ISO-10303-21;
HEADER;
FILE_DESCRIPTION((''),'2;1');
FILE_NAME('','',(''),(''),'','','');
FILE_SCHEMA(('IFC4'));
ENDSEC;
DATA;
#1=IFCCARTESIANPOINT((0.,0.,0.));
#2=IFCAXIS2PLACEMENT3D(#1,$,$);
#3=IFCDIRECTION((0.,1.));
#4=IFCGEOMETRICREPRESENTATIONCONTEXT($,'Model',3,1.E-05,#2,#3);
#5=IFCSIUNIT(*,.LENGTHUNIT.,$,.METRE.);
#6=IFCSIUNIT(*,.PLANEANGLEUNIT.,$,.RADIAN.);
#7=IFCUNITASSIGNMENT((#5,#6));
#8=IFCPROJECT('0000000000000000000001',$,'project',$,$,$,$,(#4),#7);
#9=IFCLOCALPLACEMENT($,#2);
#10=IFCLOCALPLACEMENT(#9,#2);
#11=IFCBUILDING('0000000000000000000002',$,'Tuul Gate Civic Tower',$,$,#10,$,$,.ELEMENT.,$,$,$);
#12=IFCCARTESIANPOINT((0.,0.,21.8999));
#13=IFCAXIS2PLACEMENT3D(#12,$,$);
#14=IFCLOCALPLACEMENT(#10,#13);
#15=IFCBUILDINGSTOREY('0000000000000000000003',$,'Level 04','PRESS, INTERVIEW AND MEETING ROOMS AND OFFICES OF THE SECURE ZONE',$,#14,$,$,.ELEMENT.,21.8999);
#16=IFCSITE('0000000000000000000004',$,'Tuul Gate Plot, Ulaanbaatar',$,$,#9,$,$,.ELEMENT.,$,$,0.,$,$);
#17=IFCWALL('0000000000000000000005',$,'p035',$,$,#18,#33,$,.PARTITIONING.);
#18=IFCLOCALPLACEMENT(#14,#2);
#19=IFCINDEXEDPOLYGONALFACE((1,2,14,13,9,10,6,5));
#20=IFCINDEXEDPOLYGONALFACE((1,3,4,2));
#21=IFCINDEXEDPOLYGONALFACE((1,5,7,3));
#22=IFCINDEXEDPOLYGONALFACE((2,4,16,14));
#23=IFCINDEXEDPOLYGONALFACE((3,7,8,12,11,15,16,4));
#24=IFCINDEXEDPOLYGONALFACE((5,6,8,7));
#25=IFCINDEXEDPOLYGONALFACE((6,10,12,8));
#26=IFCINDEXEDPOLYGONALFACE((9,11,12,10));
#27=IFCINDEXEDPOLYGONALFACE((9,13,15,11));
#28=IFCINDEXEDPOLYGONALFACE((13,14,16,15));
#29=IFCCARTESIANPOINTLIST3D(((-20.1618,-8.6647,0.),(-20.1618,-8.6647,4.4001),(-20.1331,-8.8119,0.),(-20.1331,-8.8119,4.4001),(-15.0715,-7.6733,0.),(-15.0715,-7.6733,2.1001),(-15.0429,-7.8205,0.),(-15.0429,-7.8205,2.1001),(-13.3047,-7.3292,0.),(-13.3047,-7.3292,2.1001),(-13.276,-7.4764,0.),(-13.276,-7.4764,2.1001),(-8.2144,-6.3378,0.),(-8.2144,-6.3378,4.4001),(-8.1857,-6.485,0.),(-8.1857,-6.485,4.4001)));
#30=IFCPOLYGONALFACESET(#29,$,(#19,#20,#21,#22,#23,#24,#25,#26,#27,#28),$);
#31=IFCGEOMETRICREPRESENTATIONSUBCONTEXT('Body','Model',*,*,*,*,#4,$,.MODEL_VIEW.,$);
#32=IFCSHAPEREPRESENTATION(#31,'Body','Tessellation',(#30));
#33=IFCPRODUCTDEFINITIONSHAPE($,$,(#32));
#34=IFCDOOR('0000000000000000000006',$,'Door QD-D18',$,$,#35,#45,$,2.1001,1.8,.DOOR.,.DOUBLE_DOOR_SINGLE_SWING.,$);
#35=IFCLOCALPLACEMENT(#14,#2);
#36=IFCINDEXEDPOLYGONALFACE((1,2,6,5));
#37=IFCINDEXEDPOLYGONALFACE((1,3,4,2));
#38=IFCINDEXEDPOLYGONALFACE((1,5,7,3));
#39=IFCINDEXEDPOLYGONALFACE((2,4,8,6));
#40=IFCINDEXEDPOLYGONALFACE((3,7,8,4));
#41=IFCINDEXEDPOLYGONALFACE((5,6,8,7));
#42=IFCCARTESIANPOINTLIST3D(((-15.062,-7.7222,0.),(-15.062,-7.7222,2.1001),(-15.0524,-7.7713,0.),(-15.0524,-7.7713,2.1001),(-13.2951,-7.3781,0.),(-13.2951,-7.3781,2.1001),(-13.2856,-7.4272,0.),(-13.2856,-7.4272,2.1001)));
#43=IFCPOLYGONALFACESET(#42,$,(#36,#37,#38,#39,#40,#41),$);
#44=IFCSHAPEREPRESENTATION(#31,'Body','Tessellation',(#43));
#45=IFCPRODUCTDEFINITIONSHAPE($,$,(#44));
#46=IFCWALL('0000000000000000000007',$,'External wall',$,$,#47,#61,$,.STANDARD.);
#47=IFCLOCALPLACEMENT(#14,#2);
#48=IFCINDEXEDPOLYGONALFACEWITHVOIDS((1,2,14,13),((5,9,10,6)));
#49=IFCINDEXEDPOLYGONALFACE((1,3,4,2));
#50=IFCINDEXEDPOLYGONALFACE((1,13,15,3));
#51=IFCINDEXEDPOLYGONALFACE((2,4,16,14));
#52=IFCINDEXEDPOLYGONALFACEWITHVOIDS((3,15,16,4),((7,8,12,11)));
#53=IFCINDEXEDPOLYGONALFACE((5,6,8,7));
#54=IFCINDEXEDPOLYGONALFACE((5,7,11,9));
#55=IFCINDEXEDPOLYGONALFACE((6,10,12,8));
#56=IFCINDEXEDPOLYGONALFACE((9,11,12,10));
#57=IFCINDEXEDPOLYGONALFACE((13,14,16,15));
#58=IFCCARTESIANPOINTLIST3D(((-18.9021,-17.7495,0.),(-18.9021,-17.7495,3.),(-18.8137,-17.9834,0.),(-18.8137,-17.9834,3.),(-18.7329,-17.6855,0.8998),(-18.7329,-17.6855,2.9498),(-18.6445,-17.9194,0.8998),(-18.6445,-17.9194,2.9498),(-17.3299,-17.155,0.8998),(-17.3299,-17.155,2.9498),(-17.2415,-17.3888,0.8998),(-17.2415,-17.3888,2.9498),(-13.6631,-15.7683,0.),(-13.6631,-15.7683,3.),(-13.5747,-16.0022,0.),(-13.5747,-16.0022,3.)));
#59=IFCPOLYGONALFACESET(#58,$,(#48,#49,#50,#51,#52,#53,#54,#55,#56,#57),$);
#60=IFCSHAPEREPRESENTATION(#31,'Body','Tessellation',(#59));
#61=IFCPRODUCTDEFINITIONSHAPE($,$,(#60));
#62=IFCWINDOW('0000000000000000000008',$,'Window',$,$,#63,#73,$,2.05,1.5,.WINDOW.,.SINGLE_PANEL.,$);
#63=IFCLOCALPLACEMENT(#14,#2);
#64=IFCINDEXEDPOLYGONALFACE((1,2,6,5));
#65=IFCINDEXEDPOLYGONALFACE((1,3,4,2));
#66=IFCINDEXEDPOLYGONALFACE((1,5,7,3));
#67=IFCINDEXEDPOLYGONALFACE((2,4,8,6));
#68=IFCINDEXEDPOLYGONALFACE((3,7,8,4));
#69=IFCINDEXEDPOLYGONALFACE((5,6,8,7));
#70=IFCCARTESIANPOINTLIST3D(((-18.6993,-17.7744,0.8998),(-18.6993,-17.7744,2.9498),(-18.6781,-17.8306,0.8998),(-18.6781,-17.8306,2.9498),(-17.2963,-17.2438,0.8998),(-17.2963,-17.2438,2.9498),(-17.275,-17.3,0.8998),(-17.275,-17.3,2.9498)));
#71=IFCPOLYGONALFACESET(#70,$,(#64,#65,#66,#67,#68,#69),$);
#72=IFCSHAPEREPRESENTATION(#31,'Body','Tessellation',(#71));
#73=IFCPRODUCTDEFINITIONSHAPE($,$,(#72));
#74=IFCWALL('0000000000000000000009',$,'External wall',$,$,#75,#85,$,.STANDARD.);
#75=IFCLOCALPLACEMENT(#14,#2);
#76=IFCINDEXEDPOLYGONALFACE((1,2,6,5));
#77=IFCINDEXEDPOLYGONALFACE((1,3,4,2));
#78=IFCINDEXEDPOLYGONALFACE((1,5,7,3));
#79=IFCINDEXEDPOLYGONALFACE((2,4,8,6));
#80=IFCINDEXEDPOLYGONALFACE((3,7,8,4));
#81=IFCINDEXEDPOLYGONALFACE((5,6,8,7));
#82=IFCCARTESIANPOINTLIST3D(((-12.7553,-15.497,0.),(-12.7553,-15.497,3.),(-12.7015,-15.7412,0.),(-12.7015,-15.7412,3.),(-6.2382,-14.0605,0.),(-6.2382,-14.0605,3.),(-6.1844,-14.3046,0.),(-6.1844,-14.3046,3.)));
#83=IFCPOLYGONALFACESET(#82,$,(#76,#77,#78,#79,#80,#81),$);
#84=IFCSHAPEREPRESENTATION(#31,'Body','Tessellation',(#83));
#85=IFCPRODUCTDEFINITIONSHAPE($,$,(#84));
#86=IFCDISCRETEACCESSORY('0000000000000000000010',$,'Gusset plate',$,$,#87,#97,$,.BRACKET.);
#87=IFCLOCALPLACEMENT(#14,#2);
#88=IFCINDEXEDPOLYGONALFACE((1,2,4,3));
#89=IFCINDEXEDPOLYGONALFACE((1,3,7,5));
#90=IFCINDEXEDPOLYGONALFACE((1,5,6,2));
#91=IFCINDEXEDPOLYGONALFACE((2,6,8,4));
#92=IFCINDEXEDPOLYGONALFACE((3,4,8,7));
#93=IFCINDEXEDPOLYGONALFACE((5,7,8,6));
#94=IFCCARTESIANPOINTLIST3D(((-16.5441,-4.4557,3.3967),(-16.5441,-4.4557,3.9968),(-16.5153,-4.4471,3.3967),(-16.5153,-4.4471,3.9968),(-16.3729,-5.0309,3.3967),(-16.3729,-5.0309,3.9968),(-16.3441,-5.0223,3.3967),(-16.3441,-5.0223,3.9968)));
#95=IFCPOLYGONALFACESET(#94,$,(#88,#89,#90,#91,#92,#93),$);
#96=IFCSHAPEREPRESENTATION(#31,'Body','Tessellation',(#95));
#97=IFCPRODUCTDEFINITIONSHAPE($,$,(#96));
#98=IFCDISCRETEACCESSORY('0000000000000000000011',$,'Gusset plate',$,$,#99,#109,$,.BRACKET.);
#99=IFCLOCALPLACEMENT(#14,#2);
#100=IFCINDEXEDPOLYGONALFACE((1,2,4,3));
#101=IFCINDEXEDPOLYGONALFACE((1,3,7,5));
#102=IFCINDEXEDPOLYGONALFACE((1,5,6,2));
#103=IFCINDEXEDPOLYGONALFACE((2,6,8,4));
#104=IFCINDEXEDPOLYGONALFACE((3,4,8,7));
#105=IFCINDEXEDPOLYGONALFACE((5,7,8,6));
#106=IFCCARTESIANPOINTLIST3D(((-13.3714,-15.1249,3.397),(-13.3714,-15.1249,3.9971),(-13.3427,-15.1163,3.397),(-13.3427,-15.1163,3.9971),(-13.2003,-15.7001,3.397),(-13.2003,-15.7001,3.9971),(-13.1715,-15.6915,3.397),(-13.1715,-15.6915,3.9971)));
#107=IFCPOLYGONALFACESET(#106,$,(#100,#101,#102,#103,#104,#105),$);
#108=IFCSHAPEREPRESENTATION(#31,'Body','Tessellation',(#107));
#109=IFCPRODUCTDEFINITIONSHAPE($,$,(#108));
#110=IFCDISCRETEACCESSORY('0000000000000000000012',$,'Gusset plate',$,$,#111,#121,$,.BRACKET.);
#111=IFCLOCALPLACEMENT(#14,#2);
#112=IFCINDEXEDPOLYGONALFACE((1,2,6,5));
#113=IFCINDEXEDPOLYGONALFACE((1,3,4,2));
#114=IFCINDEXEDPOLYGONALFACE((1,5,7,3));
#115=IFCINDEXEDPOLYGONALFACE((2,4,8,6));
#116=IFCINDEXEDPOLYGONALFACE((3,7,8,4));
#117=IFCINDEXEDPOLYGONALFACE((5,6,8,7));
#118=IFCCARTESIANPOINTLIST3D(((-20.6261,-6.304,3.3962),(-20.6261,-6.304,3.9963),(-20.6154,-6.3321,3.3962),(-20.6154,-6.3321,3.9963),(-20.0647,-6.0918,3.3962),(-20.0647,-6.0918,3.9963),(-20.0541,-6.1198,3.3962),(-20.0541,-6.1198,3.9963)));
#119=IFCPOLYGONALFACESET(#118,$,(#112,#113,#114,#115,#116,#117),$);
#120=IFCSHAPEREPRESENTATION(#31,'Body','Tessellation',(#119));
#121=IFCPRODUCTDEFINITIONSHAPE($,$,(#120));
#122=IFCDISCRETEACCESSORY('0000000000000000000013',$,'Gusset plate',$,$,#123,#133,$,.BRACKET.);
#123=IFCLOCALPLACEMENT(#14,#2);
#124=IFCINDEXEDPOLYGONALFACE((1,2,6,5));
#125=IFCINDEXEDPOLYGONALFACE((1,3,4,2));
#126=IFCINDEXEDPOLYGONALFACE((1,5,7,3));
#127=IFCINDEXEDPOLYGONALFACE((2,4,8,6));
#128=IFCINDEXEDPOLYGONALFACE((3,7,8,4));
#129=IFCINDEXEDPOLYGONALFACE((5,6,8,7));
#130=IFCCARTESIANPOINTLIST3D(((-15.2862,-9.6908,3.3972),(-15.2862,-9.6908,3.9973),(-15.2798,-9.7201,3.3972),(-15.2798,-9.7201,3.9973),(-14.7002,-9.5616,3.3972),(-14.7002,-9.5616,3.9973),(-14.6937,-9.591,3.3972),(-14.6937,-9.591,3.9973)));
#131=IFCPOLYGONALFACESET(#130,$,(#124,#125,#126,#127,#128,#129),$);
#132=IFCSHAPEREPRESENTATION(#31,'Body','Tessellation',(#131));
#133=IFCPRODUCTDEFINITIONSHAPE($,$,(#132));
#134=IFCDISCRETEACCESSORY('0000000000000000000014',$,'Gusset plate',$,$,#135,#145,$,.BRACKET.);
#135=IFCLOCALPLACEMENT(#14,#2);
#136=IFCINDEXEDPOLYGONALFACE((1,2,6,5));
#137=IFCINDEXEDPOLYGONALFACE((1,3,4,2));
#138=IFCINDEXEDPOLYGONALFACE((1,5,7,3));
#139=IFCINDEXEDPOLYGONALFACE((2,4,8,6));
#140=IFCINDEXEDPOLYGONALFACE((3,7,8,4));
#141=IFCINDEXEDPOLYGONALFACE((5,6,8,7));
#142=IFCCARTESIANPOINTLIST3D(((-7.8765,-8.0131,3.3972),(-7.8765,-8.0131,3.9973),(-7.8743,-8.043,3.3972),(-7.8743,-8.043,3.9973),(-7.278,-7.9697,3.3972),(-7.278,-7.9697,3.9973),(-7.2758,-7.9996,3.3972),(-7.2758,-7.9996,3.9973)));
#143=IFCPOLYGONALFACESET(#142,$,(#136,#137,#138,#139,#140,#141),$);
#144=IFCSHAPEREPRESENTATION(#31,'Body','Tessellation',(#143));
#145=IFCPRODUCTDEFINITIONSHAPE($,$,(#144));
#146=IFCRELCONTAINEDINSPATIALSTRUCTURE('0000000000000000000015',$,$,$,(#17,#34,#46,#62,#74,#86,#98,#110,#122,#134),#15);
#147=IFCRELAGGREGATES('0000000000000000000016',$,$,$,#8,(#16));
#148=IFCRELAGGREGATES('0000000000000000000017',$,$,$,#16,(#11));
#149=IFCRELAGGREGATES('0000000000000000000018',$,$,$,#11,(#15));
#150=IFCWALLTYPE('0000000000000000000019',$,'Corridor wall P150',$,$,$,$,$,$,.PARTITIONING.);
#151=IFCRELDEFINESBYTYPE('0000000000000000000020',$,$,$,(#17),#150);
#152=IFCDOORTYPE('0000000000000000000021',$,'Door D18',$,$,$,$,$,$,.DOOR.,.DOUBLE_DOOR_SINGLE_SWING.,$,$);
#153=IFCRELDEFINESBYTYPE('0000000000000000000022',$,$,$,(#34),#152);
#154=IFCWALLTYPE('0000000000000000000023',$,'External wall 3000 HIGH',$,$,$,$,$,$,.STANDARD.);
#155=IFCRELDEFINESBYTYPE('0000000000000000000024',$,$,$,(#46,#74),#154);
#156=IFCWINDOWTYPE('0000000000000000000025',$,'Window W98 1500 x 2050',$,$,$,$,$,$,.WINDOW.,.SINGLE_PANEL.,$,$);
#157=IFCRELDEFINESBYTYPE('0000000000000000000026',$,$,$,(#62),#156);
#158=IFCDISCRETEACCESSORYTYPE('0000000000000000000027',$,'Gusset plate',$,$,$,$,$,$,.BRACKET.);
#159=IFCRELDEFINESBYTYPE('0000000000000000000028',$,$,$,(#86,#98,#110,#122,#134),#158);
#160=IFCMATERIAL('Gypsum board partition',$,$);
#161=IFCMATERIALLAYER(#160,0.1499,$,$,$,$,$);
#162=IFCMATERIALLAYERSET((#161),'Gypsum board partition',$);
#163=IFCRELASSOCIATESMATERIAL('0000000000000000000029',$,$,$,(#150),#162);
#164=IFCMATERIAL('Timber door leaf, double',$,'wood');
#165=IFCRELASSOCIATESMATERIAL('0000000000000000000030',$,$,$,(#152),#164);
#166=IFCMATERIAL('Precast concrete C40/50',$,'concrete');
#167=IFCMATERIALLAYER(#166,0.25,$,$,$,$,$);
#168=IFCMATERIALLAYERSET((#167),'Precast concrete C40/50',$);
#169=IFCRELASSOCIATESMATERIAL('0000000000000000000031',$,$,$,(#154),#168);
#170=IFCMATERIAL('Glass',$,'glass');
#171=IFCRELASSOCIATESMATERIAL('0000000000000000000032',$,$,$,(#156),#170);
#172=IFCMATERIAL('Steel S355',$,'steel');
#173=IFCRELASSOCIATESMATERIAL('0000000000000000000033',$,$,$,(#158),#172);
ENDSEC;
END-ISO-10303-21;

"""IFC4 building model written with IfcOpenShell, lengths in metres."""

from ifc_helpers import new_model, si_unit, direction, frame, frame_2d, origin, origin_2d, place, context, subcontext, project, spatial, rectangle, extrude, material, layer, layer_set, type_object, element, fill, save


model = new_model("IFC4")

# Units and contexts
model_context = context("Model", 3, precision=1e-05, world=origin(), true_north=direction((0.0, 1.0)))
body_context = subcontext(model_context, "Body", "Model", "MODEL_VIEW")
ifc_project = project(units=[si_unit("LENGTHUNIT", "METRE"), si_unit("PLANEANGLEUNIT", "RADIAN")], contexts=[model_context])

# Site, building, storey
site_placement = place(None, origin())
site = spatial("IfcSite", under=ifc_project, at=site_placement, Name="Tuul Gate Plot, Ulaanbaatar", CompositionType="ELEMENT", RefElevation=0.0)
building_placement = place(site_placement, origin())
building = spatial("IfcBuilding", under=site, at=building_placement, Name="Tuul Gate Civic Tower", CompositionType="ELEMENT")
storey_placement = place(building_placement, frame((0.0, 0.0, 21.8999)))
storey = spatial("IfcBuildingStorey", under=building, at=storey_placement, Name="Level 04", Description="PRESS, INTERVIEW AND MEETING ROOMS AND OFFICES OF THE SECURE ZONE", CompositionType="ELEMENT", Elevation=21.8999)

# Wall, opening, door
ifc_material_1 = material(Name="Gypsum board partition")
ifc_layer_1 = layer(ifc_material_1, 0.1499)
ifc_layer_set_1 = layer_set([ifc_layer_1], Name="Gypsum board partition")
wall_type_1 = type_object("IfcWallType", Name="Corridor wall P150", PredefinedType="PARTITIONING", material=ifc_layer_set_1)
wall_1_placement = place(storey_placement, frame((-20.1475, -8.7383, 0.0), z_axis=(0.0, 0.0, 1.0), x_axis=(0.981557, 0.191169, 0.0)))
wall_1 = element("IfcWall", 1, at=wall_1_placement, inside=storey, type_object=wall_type_1, Name="p035", PredefinedType="PARTITIONING", context=body_context, shape_type="SweptSolid", body=[
    extrude(rectangle(XDim=12.1719, YDim=0.1499, at=frame_2d((6.0859, 0.0))), origin(), (0.0, 0.0, 1.0), 4.4001),
])
opening_1_placement = place(wall_1_placement, frame((5.186, 0.0, 0.0)))
opening_1 = element("IfcOpeningElement", 2, at=opening_1_placement, cuts=wall_1, PredefinedType="OPENING", context=body_context, shape_type="SweptSolid", body=[
    extrude(rectangle(XDim=1.8, YDim=2.1001, at=frame_2d((0.8999, 1.05))), frame((0.0, 0.085, 0.0), z_axis=(0.0, -1.0, 0.0), x_axis=(1.0, 0.0, 0.0)), (0.0, 0.0, 1.0), 0.1699),
])
ifc_material_2 = material(Name="Timber door leaf, double", Category="wood")
door_type = type_object("IfcDoorType", Name="Door D18", OperationType="DOUBLE_DOOR_SINGLE_SWING", PredefinedType="DOOR", material=ifc_material_2)
door_placement = place(opening_1_placement, frame((1.8, 0.0, 0.0), z_axis=(0.0, 0.0, 1.0), x_axis=(-1.0, 0.0, 0.0)))
door = element("IfcDoor", 3, at=door_placement, inside=storey, type_object=door_type, Name="Door QD-D18", OperationType="DOUBLE_DOOR_SINGLE_SWING", OverallHeight=2.1001, OverallWidth=1.8, PredefinedType="DOOR", context=body_context, shape_type="SweptSolid", body=[
    extrude(rectangle(XDim=1.8, YDim=2.1001, at=frame_2d((0.9001, 1.05))), frame((0.0, 0.0249, 0.0), z_axis=(0.0, -1.0, 0.0), x_axis=(1.0, 0.0, 0.0)), (0.0, 0.0, 1.0), 0.05),
])
fill(opening_1, door)

# Wall, opening, window
ifc_material_3 = material(Name="Precast concrete C40/50", Category="concrete")
ifc_layer_2 = layer(ifc_material_3, 0.25)
ifc_layer_set_2 = layer_set([ifc_layer_2], Name="Precast concrete C40/50")
wall_type_2 = type_object("IfcWallType", Name="External wall 3000 HIGH", PredefinedType="STANDARD", material=ifc_layer_set_2)
wall_2_placement = place(storey_placement, frame((-18.8579, -17.8665, 0.0), z_axis=(0.0, 0.0, 1.0), x_axis=(0.935353, 0.353716, 0.0)))
wall_2 = element("IfcWall", 4, at=wall_2_placement, inside=storey, type_object=wall_type_2, Name="External wall", PredefinedType="STANDARD", context=body_context, shape_type="SweptSolid", body=[
    extrude(rectangle(XDim=5.6011, YDim=0.25, at=frame_2d((2.8005, 0.0))), origin(), (0.0, 0.0, 1.0), 3.0),
])
opening_2_placement = place(wall_2_placement, frame((0.1809, 0.0, 0.8999)))
opening_2 = element("IfcOpeningElement", 5, at=opening_2_placement, cuts=wall_2, PredefinedType="OPENING", context=body_context, shape_type="SweptSolid", body=[
    extrude(rectangle(XDim=1.5, YDim=2.05, at=frame_2d((0.75, 1.0249))), frame((0.0, 0.135, 0.0), z_axis=(0.0, -1.0, 0.0), x_axis=(1.0, 0.0, 0.0)), (0.0, 0.0, 1.0), 0.27),
])
ifc_material_4 = material(Name="Glass", Category="glass")
window_type = type_object("IfcWindowType", Name="Window W98 1500 x 2050", PartitioningType="SINGLE_PANEL", PredefinedType="WINDOW", material=ifc_material_4)
window_placement = place(opening_2_placement, origin())
window = element("IfcWindow", 6, at=window_placement, inside=storey, type_object=window_type, Name="Window", OverallHeight=2.05, OverallWidth=1.5, PartitioningType="SINGLE_PANEL", PredefinedType="WINDOW", context=body_context, shape_type="SweptSolid", body=[
    extrude(rectangle(XDim=1.5, YDim=2.05, at=frame_2d((0.75, 1.0249))), frame((0.0, 0.03, 0.0), z_axis=(0.0, -1.0, 0.0), x_axis=(1.0, 0.0, 0.0)), (0.0, 0.0, 1.0), 0.0601),
])
fill(opening_2, window)

# Wall
wall_3_placement = place(storey_placement, frame((-12.7285, -15.6191, 0.0), z_axis=(0.0, 0.0, 1.0), x_axis=(0.976557, 0.215257, 0.0)))
element("IfcWall", 7, at=wall_3_placement, inside=storey, type_object=wall_type_2, Name="External wall", PredefinedType="STANDARD", context=body_context, shape_type="SweptSolid", body=[
    extrude(rectangle(XDim=6.6736, YDim=0.25, at=frame_2d((3.3369, 0.0))), origin(), (0.0, 0.0, 1.0), 3.0),
])

# Discrete accessories
ifc_material_5 = material(Name="Steel S355", Category="steel")
discrete_accessory_type = type_object("IfcDiscreteAccessoryType", Name="Gusset plate", PredefinedType="BRACKET", material=ifc_material_5)
for number, where, z_axis, x_axis, name in (
    (8, (-16.4441, -4.739, 3.3967), (0.0, 0.0, 1.0), (-0.285196, 0.958469, 0.0), "Gusset plate"),
    (9, (-13.2715, -15.4082, 3.397), (0.0, 0.0, 1.0), (-0.285196, 0.958469, 0.0), "Gusset plate"),
    (10, (-20.3401, -6.2119, 3.3962), (0.0, 0.0, 1.0), (-0.935379, -0.353648, 0.0), "Gusset plate"),
    (11, (-14.99, -9.6409, 3.3972), (0.0, 0.0, 1.0), (0.976564, 0.215229, 0.0), "Gusset plate"),
    (12, (-7.5762, -8.0063, 3.3972), (0.0, 0.0, 1.0), (0.997382, 0.072314, 0.0), "Gusset plate"),
):
    element("IfcDiscreteAccessory", number, at=place(storey_placement, frame(where, z_axis=z_axis, x_axis=x_axis)), inside=storey, type_object=discrete_accessory_type, Name=name, PredefinedType="BRACKET", context=body_context, shape_type="SweptSolid", body=[
        extrude(rectangle(XDim=0.6001, YDim=0.03, at=origin_2d()), origin(), (0.0, 0.0, 1.0), 0.6001),
    ])

save(model, "model.ifc")
